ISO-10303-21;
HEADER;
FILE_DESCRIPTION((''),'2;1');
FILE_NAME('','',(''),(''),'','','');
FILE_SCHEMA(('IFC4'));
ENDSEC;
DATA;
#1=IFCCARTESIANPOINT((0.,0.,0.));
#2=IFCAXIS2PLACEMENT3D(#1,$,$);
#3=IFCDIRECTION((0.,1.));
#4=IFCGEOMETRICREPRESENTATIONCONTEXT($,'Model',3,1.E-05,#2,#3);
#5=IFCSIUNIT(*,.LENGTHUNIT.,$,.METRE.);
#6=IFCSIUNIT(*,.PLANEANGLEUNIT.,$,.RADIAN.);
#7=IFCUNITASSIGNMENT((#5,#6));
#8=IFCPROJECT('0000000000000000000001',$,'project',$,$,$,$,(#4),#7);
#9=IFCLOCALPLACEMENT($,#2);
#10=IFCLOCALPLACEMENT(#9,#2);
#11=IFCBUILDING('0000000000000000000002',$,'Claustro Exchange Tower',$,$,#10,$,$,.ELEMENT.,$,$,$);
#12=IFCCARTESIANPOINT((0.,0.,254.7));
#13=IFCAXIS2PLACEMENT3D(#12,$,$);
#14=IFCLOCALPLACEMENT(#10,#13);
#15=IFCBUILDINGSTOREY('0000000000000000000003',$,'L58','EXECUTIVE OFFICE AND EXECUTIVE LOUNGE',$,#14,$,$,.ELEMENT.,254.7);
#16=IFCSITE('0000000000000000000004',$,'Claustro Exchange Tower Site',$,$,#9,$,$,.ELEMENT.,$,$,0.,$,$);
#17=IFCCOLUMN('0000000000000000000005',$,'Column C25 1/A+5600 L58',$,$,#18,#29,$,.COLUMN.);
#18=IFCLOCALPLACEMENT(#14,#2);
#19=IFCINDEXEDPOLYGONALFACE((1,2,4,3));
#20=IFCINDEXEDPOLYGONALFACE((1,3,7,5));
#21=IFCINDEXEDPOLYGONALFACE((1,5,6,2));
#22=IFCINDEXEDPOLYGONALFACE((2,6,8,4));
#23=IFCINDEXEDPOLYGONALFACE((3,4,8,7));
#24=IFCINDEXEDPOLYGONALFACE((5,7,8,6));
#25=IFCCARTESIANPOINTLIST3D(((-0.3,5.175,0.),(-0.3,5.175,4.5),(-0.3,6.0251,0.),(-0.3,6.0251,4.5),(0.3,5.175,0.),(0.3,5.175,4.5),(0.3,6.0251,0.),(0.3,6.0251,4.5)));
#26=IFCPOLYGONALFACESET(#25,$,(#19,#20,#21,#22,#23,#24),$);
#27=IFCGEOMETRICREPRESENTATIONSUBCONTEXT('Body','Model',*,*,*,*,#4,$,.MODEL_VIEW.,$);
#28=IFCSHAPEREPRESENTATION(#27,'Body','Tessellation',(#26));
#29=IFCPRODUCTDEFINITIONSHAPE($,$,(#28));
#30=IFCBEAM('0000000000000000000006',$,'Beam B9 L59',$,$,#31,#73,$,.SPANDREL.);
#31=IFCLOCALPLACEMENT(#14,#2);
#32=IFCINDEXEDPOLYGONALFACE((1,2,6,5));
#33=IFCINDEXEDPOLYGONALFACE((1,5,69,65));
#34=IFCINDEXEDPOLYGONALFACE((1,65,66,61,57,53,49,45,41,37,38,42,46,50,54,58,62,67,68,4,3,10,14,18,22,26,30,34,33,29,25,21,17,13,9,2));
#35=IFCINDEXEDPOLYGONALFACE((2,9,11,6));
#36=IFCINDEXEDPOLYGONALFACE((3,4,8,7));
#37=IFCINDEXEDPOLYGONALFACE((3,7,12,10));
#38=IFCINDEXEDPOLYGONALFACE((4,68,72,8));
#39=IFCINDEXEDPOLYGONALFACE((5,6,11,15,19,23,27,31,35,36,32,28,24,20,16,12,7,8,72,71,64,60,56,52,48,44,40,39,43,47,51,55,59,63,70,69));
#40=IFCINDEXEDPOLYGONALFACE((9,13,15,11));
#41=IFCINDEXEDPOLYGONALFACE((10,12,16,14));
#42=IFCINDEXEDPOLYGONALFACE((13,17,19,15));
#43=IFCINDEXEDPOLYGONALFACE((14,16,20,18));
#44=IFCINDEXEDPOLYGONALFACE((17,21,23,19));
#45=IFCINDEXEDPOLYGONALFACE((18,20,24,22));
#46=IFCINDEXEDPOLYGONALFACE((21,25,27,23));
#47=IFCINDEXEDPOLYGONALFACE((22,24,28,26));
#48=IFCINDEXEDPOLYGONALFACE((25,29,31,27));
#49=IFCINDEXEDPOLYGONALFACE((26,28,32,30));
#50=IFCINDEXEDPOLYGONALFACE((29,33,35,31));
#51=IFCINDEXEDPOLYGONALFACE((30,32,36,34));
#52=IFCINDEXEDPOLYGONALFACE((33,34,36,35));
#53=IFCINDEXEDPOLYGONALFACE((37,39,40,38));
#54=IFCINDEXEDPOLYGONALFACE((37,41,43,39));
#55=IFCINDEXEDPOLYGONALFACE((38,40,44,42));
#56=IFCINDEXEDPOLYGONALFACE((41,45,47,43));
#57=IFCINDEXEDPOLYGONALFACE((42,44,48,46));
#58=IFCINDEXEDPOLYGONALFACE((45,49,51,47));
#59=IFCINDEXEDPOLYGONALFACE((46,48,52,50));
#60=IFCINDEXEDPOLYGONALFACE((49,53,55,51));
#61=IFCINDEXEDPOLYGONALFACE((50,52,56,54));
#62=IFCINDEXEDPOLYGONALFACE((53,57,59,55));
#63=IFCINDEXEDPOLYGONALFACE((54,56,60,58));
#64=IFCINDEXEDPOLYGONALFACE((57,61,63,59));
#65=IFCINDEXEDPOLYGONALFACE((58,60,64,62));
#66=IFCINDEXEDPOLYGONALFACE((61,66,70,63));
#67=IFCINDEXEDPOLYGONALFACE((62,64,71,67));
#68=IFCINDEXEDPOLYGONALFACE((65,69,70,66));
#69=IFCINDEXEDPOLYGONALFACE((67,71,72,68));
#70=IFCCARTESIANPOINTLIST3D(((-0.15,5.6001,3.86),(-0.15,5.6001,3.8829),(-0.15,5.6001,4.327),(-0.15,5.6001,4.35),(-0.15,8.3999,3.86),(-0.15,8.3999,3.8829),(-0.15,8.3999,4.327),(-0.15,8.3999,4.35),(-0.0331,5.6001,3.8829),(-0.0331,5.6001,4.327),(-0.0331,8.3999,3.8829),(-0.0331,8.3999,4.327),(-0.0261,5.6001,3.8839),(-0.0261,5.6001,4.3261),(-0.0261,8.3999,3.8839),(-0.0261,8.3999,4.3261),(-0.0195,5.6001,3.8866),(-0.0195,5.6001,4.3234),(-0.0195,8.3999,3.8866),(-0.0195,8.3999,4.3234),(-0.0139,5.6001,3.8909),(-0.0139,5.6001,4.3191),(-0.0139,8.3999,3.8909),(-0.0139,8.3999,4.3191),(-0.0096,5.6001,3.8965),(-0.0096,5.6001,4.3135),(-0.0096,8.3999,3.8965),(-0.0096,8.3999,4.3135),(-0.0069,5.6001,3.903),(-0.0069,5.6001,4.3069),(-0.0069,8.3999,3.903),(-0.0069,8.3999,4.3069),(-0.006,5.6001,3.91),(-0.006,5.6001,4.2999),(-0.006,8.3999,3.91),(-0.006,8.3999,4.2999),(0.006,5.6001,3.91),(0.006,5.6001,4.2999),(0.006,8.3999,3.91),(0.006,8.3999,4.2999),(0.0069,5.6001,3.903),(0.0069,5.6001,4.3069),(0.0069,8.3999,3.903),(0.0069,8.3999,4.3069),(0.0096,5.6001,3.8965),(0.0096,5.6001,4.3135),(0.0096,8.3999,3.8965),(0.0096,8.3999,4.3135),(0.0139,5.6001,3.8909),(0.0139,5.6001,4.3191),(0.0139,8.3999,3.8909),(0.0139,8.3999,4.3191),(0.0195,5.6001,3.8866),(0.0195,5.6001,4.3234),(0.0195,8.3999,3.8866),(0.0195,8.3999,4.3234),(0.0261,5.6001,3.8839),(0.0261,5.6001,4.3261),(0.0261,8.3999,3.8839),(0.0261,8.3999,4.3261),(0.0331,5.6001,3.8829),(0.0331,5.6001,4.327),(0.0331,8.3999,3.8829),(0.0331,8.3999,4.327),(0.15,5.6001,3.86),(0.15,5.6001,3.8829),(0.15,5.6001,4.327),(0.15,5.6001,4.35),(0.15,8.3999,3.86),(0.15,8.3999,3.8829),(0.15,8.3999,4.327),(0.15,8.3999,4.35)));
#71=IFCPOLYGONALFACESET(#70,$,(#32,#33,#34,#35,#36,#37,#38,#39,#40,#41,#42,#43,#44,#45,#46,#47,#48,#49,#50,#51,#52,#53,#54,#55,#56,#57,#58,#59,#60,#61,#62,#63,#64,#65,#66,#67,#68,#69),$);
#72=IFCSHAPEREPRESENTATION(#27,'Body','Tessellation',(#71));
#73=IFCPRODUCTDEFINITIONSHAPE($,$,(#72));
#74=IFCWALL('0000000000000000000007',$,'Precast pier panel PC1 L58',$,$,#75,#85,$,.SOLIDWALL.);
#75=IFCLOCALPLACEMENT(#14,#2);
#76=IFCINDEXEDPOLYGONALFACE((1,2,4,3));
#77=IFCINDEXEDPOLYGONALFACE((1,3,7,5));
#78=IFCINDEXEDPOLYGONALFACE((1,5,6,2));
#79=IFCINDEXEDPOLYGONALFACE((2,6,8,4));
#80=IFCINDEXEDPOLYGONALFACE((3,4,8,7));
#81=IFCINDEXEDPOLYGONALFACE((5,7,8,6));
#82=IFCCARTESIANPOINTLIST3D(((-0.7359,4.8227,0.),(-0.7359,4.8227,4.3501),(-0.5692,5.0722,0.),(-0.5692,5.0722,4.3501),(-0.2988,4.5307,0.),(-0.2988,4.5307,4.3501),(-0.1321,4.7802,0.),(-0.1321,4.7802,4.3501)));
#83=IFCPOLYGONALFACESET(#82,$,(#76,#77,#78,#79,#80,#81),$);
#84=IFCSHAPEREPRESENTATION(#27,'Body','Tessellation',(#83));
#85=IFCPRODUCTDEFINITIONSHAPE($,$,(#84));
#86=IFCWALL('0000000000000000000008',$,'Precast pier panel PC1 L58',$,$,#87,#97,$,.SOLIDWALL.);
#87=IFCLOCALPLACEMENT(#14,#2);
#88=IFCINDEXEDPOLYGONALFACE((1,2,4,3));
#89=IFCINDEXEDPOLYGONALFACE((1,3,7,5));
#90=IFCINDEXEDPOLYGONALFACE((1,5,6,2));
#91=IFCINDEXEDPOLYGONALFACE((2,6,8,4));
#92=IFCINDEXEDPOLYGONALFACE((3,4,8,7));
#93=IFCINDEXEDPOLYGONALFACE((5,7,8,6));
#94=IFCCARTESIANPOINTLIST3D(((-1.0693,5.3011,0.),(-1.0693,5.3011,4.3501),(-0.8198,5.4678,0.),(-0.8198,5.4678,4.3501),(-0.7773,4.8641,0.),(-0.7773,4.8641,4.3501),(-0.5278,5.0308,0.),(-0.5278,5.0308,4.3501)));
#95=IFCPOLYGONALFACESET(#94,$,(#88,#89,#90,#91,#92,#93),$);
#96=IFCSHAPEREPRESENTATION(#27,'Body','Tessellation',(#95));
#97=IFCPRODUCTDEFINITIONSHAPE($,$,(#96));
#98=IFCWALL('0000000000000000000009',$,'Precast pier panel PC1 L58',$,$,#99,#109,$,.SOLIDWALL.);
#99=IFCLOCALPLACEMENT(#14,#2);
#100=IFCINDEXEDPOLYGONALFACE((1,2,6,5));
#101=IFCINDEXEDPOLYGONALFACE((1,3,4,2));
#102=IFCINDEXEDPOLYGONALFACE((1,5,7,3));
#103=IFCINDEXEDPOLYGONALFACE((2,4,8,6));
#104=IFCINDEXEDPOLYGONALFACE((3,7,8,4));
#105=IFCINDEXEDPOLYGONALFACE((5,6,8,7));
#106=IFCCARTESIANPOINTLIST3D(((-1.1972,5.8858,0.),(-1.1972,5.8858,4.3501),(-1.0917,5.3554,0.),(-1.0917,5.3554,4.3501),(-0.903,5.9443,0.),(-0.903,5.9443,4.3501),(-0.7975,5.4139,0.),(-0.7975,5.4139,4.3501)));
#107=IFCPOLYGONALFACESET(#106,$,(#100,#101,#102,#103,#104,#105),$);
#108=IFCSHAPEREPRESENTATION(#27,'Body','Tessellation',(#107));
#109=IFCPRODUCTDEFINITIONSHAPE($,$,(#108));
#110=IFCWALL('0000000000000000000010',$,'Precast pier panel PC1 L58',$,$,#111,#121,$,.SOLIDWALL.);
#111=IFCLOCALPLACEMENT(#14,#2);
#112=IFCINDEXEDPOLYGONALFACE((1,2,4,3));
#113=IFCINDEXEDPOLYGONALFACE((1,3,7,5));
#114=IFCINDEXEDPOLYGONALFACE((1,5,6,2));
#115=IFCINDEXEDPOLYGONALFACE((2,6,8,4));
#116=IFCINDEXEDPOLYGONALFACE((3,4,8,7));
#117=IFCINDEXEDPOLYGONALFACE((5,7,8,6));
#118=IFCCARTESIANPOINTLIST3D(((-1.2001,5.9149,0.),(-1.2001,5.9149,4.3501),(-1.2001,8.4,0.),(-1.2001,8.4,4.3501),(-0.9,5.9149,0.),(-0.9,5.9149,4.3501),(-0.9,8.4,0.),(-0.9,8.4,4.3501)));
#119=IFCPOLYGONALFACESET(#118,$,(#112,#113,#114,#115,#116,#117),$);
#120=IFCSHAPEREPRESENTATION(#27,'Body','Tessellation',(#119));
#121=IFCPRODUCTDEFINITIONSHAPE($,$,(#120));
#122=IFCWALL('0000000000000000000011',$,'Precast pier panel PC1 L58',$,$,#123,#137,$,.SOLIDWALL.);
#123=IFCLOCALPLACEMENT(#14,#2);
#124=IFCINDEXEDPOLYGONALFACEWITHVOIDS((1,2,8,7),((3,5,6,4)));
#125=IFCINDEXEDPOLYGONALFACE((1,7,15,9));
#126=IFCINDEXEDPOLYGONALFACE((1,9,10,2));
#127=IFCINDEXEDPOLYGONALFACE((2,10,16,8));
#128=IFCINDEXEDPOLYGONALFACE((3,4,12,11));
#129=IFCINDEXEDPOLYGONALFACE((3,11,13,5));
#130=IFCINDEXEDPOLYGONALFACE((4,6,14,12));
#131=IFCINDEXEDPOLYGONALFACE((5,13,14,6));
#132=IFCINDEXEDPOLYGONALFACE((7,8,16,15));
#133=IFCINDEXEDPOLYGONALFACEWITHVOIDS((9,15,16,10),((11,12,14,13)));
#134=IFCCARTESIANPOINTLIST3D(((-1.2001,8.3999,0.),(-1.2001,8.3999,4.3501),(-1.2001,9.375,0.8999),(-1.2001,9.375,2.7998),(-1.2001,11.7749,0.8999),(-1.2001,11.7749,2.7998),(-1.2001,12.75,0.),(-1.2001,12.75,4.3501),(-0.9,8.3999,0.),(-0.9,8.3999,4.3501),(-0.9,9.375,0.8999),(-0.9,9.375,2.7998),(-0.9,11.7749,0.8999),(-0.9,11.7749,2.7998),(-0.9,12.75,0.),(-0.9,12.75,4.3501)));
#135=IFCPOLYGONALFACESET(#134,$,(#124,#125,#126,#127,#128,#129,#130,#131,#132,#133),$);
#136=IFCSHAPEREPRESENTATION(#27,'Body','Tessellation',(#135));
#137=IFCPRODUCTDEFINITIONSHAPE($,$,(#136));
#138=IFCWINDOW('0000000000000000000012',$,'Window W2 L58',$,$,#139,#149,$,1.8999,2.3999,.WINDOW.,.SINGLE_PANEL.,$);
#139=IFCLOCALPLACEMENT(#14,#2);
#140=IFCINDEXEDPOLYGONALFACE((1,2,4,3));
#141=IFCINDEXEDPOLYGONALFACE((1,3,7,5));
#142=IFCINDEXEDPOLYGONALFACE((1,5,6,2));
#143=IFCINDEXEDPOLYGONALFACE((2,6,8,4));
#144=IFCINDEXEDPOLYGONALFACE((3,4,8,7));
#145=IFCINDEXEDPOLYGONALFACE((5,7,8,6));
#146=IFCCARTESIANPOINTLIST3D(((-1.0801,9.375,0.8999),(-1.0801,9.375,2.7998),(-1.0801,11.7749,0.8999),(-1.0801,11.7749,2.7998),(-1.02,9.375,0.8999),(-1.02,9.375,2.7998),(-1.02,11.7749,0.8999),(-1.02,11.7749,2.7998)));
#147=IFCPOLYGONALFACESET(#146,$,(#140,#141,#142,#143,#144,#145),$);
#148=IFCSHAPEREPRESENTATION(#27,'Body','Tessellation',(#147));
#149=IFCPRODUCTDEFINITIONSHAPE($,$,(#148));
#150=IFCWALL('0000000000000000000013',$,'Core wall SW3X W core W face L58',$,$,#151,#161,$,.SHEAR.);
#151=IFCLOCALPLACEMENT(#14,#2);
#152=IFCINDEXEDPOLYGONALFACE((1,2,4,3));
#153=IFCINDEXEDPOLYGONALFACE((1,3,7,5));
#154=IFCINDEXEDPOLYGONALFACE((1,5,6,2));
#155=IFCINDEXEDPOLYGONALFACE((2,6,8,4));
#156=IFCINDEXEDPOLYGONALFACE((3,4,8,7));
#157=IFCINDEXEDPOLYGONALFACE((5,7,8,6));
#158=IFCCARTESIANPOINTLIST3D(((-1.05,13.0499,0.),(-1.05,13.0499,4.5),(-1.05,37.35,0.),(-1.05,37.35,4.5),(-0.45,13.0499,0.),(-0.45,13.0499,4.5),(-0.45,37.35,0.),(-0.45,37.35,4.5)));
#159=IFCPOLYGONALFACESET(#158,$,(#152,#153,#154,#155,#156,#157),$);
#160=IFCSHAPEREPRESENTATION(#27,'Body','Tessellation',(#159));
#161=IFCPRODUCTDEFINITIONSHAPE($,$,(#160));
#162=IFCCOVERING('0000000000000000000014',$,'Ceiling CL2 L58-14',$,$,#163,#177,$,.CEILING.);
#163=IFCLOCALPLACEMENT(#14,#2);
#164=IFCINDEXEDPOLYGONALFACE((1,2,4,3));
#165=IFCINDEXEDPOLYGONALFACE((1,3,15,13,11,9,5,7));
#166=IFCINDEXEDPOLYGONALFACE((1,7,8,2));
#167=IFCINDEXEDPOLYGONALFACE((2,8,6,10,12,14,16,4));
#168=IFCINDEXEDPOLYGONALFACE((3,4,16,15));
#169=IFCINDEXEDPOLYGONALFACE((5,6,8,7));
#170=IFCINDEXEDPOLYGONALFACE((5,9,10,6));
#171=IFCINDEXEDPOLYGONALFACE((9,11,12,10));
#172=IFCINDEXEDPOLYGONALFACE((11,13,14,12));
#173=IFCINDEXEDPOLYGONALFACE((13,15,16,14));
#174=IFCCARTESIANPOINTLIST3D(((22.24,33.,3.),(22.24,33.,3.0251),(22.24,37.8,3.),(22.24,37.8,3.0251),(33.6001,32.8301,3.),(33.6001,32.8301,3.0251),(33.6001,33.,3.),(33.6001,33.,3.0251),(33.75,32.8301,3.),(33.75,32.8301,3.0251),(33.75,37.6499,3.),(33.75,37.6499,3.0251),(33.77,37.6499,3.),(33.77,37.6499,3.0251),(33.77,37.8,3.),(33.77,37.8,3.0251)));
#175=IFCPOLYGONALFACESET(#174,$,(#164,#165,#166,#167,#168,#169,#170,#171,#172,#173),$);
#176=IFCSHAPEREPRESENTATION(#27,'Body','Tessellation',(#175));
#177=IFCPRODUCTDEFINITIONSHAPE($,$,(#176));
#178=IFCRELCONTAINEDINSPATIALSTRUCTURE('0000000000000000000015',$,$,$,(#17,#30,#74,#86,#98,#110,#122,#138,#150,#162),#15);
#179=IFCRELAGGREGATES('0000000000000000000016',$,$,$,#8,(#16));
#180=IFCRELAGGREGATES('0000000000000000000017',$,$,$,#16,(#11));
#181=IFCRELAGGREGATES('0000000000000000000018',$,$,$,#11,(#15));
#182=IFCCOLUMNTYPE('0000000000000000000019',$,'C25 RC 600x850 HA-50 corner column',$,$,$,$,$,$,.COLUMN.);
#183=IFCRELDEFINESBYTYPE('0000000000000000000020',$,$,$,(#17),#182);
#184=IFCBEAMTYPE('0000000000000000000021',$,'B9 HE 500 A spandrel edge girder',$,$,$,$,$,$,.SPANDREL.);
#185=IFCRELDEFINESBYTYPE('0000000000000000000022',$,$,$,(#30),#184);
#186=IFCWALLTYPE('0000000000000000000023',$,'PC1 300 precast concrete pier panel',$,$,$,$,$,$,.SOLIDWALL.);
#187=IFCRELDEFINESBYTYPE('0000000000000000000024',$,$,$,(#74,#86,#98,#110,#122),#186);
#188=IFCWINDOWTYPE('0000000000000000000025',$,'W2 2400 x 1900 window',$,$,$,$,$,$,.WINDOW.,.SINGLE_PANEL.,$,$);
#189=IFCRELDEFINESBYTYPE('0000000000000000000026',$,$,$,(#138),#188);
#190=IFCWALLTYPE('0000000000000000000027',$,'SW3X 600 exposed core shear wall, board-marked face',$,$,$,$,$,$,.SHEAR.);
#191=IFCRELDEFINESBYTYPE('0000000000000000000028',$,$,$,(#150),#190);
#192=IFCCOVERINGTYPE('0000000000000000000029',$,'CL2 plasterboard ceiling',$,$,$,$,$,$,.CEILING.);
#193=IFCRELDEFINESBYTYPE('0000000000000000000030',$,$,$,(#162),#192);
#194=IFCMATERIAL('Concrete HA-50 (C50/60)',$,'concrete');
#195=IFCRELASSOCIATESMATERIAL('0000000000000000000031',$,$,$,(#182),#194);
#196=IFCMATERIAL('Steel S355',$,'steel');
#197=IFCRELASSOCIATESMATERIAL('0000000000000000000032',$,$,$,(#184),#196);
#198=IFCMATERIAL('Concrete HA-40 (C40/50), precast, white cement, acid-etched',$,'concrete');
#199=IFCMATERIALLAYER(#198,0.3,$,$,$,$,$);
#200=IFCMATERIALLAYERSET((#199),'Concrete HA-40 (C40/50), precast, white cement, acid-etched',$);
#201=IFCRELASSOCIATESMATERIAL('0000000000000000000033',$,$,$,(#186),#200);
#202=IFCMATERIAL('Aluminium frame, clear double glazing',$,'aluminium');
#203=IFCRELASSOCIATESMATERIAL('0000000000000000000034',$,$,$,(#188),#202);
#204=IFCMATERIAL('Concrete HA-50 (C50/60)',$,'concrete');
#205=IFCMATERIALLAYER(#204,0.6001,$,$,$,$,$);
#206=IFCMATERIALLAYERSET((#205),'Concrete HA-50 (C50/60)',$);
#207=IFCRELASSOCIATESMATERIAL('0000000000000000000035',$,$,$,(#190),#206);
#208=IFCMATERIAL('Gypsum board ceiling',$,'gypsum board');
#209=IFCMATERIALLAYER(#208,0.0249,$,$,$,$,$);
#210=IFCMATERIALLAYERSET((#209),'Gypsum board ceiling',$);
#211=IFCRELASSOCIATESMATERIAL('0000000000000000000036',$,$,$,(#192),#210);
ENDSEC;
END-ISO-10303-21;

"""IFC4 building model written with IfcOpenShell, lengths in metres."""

from ifc_helpers import new_model, si_unit, direction, frame, frame_2d, origin, origin_2d, place, context, subcontext, project, spatial, polyline, rectangle, i_section, outline, extrude, material, layer, layer_set, material_profile, profile_set, type_object, element, fill, save


model = new_model("IFC4")

# Units and contexts
model_context = context("Model", 3, precision=1e-05, world=origin(), true_north=direction((0.0, 1.0)))
body_context = subcontext(model_context, "Body", "Model", "MODEL_VIEW")
ifc_project = project(units=[si_unit("LENGTHUNIT", "METRE"), si_unit("PLANEANGLEUNIT", "RADIAN")], contexts=[model_context])

# Site, building, storey
site_placement = place(None, origin())
site = spatial("IfcSite", under=ifc_project, at=site_placement, Name="Claustro Exchange Tower Site", CompositionType="ELEMENT", RefElevation=0.0)
building_placement = place(site_placement, origin())
building = spatial("IfcBuilding", under=site, at=building_placement, Name="Claustro Exchange Tower", CompositionType="ELEMENT")
storey_placement = place(building_placement, frame((0.0, 0.0, 254.7)))
storey = spatial("IfcBuildingStorey", under=building, at=storey_placement, Name="L58", Description="EXECUTIVE OFFICE AND EXECUTIVE LOUNGE", CompositionType="ELEMENT", Elevation=254.7)

# Column
ifc_material_1 = material(Name="Concrete HA-50 (C50/60)", Category="concrete")
ifc_material_profile_1 = material_profile(ifc_material_1, rectangle(XDim=0.6001, YDim=0.8501, at=origin_2d()), Name="RC 600x850")
ifc_profile_set_1 = profile_set([ifc_material_profile_1], Name="Concrete HA-50 (C50/60)")
column_type = type_object("IfcColumnType", Name="C25 RC 600x850 HA-50 corner column", PredefinedType="COLUMN", material=ifc_profile_set_1)
column_placement = place(storey_placement, frame((0.0, 5.6001, 0.0), z_axis=(0.0, 0.0, 1.0), x_axis=(1.0, 0.0, 0.0)))
element("IfcColumn", 1, at=column_placement, inside=storey, type_object=column_type, Name="Column C25 1/A+5600 L58", PredefinedType="COLUMN", context=body_context, shape_type="SweptSolid", body=[
    extrude(rectangle(XDim=0.6001, YDim=0.8501, at=origin_2d()), origin(), (0.0, 0.0, 1.0), 4.5),
])

# Beam
ifc_material_2 = material(Name="Steel S355", Category="steel")
ifc_material_profile_2 = material_profile(ifc_material_2, i_section(OverallWidth=0.3, OverallDepth=0.49, WebThickness=0.012, FlangeThickness=0.0229, FilletRadius=0.0271, at=origin_2d()), Name="HE 500 A")
ifc_profile_set_2 = profile_set([ifc_material_profile_2], Name="Steel S355")
beam_type = type_object("IfcBeamType", Name="B9 HE 500 A spandrel edge girder", PredefinedType="SPANDREL", material=ifc_profile_set_2)
beam_placement = place(storey_placement, frame((0.0, 5.6001, 4.105), z_axis=(0.0, 1.0, 0.0), x_axis=(-1.0, 0.0, 0.0)))
element("IfcBeam", 2, at=beam_placement, inside=storey, type_object=beam_type, Name="Beam B9 L59", PredefinedType="SPANDREL", context=body_context, shape_type="SweptSolid", body=[
    extrude(i_section(OverallWidth=0.3, OverallDepth=0.49, WebThickness=0.012, FlangeThickness=0.0229, FilletRadius=0.0271, at=origin_2d()), origin(), (0.0, 0.0, 1.0), 2.7998),
])

# Walls
ifc_material_3 = material(Name="Concrete HA-40 (C40/50), precast, white cement, acid-etched", Category="concrete")
ifc_layer_1 = layer(ifc_material_3, 0.3)
ifc_layer_set_1 = layer_set([ifc_layer_1], Name="Concrete HA-40 (C40/50), precast, white cement, acid-etched")
wall_type_1 = type_object("IfcWallType", Name="PC1 300 precast concrete pier panel", PredefinedType="SOLIDWALL", material=ifc_layer_set_1)
for number, where, z_axis, x_axis, name in (
    (3, (-0.2156, 4.6555, 0.0), (0.0, 0.0, 1.0), (-0.831478, 0.555557, 0.0), "Precast pier panel PC1 L58"),
    (4, (-0.6526, 4.9475, 0.0), (0.0, 0.0, 1.0), (-0.555557, 0.831478, 0.0), "Precast pier panel PC1 L58"),
):
    element("IfcWall", number, at=place(storey_placement, frame(where, z_axis=z_axis, x_axis=x_axis)), inside=storey, type_object=wall_type_1, Name=name, PredefinedType="SOLIDWALL", context=body_context, shape_type="SweptSolid", body=[
        extrude(rectangle(XDim=0.5256, YDim=0.3, at=frame_2d((0.2627, 0.0))), origin(), (0.0, 0.0, 1.0), 4.3501),
    ])
wall_1_placement = place(storey_placement, frame((-0.9446, 5.3845, 0.0), z_axis=(0.0, 0.0, 1.0), x_axis=(-0.195074, 0.980789, 0.0)))
element("IfcWall", 5, at=wall_1_placement, inside=storey, type_object=wall_type_1, Name="Precast pier panel PC1 L58", PredefinedType="SOLIDWALL", context=body_context, shape_type="SweptSolid", body=[
    extrude(rectangle(XDim=0.5408, YDim=0.3, at=frame_2d((0.2705, 0.0))), origin(), (0.0, 0.0, 1.0), 4.3501),
])
wall_2_placement = place(storey_placement, frame((-1.05, 5.9148, 0.0), z_axis=(0.0, 0.0, 1.0), x_axis=(0.0, 1.0, 0.0)))
element("IfcWall", 6, at=wall_2_placement, inside=storey, type_object=wall_type_1, Name="Precast pier panel PC1 L58", PredefinedType="SOLIDWALL", context=body_context, shape_type="SweptSolid", body=[
    extrude(rectangle(XDim=2.4851, YDim=0.3, at=frame_2d((1.2427, 0.0))), origin(), (0.0, 0.0, 1.0), 4.3501),
])

# Wall, opening, window
wall_3_placement = place(storey_placement, frame((-1.05, 8.3999, 0.0), z_axis=(0.0, 0.0, 1.0), x_axis=(0.0, 1.0, 0.0)))
wall_3 = element("IfcWall", 7, at=wall_3_placement, inside=storey, type_object=wall_type_1, Name="Precast pier panel PC1 L58", PredefinedType="SOLIDWALL", context=body_context, shape_type="SweptSolid", body=[
    extrude(rectangle(XDim=4.3501, YDim=0.3, at=frame_2d((2.175, 0.0))), origin(), (0.0, 0.0, 1.0), 4.3501),
])
opening_1_placement = place(wall_3_placement, frame((0.9751, 0.0, 0.8999)))
opening_1 = element("IfcOpeningElement", 8, at=opening_1_placement, cuts=wall_3, PredefinedType="OPENING", context=body_context, shape_type="SweptSolid", body=[
    extrude(rectangle(XDim=2.3999, YDim=1.8999, at=frame_2d((1.2, 0.95))), frame((0.0, 0.1599, 0.0), z_axis=(0.0, -1.0, 0.0), x_axis=(1.0, 0.0, 0.0)), (0.0, 0.0, 1.0), 0.3201),
])
ifc_material_4 = material(Name="Aluminium frame, clear double glazing", Category="aluminium")
window_type = type_object("IfcWindowType", Name="W2 2400 x 1900 window", PartitioningType="SINGLE_PANEL", PredefinedType="WINDOW", material=ifc_material_4)
window_placement = place(opening_1_placement, origin())
window = element("IfcWindow", 9, at=window_placement, inside=storey, type_object=window_type, Name="Window W2 L58", OverallHeight=1.8999, OverallWidth=2.3999, PartitioningType="SINGLE_PANEL", PredefinedType="WINDOW", context=body_context, shape_type="SweptSolid", body=[
    extrude(rectangle(XDim=2.3999, YDim=1.8999, at=frame_2d((1.2, 0.95))), frame((0.0, 0.03, 0.0), z_axis=(0.0, -1.0, 0.0), x_axis=(1.0, 0.0, 0.0)), (0.0, 0.0, 1.0), 0.0601),
])
fill(opening_1, window)

# Wall
ifc_material_5 = material(Name="Concrete HA-50 (C50/60)", Category="concrete")
ifc_layer_2 = layer(ifc_material_5, 0.6001)
ifc_layer_set_2 = layer_set([ifc_layer_2], Name="Concrete HA-50 (C50/60)")
wall_type_2 = type_object("IfcWallType", Name="SW3X 600 exposed core shear wall, board-marked face", PredefinedType="SHEAR", material=ifc_layer_set_2)
wall_4_placement = place(storey_placement, frame((-0.75, 13.05, 0.0), z_axis=(0.0, 0.0, 1.0), x_axis=(0.0, 1.0, 0.0)))
element("IfcWall", 10, at=wall_4_placement, inside=storey, type_object=wall_type_2, Name="Core wall SW3X W core W face L58", PredefinedType="SHEAR", context=body_context, shape_type="SweptSolid", body=[
    extrude(rectangle(XDim=24.3, YDim=0.6001, at=frame_2d((12.1499, 0.0))), origin(), (0.0, 0.0, 1.0), 4.5),
])

# Covering
ifc_material_6 = material(Name="Gypsum board ceiling", Category="gypsum board")
ifc_layer_3 = layer(ifc_material_6, 0.0249)
ifc_layer_set_3 = layer_set([ifc_layer_3], Name="Gypsum board ceiling")
covering_type_1 = type_object("IfcCoveringType", Name="CL2 plasterboard ceiling", PredefinedType="CEILING", material=ifc_layer_set_3)
covering_1_placement = place(storey_placement, frame((0.0, 0.0, 3.0)))
element("IfcCovering", 11, at=covering_1_placement, inside=storey, type_object=covering_type_1, Name="Ceiling CL2 L58-14", PredefinedType="CEILING", context=body_context, shape_type="SweptSolid", body=[
    extrude(outline(polyline([(33.6001, 33.0), (33.6001, 32.8301), (33.75, 32.8301), (33.75, 37.6499), (33.77, 37.6499), (33.77, 37.8), (22.24, 37.8), (22.24, 33.0), (33.6001, 33.0)])), origin(), (0.0, 0.0, 1.0), 0.0251),
])

save(model, "model.ifc")
